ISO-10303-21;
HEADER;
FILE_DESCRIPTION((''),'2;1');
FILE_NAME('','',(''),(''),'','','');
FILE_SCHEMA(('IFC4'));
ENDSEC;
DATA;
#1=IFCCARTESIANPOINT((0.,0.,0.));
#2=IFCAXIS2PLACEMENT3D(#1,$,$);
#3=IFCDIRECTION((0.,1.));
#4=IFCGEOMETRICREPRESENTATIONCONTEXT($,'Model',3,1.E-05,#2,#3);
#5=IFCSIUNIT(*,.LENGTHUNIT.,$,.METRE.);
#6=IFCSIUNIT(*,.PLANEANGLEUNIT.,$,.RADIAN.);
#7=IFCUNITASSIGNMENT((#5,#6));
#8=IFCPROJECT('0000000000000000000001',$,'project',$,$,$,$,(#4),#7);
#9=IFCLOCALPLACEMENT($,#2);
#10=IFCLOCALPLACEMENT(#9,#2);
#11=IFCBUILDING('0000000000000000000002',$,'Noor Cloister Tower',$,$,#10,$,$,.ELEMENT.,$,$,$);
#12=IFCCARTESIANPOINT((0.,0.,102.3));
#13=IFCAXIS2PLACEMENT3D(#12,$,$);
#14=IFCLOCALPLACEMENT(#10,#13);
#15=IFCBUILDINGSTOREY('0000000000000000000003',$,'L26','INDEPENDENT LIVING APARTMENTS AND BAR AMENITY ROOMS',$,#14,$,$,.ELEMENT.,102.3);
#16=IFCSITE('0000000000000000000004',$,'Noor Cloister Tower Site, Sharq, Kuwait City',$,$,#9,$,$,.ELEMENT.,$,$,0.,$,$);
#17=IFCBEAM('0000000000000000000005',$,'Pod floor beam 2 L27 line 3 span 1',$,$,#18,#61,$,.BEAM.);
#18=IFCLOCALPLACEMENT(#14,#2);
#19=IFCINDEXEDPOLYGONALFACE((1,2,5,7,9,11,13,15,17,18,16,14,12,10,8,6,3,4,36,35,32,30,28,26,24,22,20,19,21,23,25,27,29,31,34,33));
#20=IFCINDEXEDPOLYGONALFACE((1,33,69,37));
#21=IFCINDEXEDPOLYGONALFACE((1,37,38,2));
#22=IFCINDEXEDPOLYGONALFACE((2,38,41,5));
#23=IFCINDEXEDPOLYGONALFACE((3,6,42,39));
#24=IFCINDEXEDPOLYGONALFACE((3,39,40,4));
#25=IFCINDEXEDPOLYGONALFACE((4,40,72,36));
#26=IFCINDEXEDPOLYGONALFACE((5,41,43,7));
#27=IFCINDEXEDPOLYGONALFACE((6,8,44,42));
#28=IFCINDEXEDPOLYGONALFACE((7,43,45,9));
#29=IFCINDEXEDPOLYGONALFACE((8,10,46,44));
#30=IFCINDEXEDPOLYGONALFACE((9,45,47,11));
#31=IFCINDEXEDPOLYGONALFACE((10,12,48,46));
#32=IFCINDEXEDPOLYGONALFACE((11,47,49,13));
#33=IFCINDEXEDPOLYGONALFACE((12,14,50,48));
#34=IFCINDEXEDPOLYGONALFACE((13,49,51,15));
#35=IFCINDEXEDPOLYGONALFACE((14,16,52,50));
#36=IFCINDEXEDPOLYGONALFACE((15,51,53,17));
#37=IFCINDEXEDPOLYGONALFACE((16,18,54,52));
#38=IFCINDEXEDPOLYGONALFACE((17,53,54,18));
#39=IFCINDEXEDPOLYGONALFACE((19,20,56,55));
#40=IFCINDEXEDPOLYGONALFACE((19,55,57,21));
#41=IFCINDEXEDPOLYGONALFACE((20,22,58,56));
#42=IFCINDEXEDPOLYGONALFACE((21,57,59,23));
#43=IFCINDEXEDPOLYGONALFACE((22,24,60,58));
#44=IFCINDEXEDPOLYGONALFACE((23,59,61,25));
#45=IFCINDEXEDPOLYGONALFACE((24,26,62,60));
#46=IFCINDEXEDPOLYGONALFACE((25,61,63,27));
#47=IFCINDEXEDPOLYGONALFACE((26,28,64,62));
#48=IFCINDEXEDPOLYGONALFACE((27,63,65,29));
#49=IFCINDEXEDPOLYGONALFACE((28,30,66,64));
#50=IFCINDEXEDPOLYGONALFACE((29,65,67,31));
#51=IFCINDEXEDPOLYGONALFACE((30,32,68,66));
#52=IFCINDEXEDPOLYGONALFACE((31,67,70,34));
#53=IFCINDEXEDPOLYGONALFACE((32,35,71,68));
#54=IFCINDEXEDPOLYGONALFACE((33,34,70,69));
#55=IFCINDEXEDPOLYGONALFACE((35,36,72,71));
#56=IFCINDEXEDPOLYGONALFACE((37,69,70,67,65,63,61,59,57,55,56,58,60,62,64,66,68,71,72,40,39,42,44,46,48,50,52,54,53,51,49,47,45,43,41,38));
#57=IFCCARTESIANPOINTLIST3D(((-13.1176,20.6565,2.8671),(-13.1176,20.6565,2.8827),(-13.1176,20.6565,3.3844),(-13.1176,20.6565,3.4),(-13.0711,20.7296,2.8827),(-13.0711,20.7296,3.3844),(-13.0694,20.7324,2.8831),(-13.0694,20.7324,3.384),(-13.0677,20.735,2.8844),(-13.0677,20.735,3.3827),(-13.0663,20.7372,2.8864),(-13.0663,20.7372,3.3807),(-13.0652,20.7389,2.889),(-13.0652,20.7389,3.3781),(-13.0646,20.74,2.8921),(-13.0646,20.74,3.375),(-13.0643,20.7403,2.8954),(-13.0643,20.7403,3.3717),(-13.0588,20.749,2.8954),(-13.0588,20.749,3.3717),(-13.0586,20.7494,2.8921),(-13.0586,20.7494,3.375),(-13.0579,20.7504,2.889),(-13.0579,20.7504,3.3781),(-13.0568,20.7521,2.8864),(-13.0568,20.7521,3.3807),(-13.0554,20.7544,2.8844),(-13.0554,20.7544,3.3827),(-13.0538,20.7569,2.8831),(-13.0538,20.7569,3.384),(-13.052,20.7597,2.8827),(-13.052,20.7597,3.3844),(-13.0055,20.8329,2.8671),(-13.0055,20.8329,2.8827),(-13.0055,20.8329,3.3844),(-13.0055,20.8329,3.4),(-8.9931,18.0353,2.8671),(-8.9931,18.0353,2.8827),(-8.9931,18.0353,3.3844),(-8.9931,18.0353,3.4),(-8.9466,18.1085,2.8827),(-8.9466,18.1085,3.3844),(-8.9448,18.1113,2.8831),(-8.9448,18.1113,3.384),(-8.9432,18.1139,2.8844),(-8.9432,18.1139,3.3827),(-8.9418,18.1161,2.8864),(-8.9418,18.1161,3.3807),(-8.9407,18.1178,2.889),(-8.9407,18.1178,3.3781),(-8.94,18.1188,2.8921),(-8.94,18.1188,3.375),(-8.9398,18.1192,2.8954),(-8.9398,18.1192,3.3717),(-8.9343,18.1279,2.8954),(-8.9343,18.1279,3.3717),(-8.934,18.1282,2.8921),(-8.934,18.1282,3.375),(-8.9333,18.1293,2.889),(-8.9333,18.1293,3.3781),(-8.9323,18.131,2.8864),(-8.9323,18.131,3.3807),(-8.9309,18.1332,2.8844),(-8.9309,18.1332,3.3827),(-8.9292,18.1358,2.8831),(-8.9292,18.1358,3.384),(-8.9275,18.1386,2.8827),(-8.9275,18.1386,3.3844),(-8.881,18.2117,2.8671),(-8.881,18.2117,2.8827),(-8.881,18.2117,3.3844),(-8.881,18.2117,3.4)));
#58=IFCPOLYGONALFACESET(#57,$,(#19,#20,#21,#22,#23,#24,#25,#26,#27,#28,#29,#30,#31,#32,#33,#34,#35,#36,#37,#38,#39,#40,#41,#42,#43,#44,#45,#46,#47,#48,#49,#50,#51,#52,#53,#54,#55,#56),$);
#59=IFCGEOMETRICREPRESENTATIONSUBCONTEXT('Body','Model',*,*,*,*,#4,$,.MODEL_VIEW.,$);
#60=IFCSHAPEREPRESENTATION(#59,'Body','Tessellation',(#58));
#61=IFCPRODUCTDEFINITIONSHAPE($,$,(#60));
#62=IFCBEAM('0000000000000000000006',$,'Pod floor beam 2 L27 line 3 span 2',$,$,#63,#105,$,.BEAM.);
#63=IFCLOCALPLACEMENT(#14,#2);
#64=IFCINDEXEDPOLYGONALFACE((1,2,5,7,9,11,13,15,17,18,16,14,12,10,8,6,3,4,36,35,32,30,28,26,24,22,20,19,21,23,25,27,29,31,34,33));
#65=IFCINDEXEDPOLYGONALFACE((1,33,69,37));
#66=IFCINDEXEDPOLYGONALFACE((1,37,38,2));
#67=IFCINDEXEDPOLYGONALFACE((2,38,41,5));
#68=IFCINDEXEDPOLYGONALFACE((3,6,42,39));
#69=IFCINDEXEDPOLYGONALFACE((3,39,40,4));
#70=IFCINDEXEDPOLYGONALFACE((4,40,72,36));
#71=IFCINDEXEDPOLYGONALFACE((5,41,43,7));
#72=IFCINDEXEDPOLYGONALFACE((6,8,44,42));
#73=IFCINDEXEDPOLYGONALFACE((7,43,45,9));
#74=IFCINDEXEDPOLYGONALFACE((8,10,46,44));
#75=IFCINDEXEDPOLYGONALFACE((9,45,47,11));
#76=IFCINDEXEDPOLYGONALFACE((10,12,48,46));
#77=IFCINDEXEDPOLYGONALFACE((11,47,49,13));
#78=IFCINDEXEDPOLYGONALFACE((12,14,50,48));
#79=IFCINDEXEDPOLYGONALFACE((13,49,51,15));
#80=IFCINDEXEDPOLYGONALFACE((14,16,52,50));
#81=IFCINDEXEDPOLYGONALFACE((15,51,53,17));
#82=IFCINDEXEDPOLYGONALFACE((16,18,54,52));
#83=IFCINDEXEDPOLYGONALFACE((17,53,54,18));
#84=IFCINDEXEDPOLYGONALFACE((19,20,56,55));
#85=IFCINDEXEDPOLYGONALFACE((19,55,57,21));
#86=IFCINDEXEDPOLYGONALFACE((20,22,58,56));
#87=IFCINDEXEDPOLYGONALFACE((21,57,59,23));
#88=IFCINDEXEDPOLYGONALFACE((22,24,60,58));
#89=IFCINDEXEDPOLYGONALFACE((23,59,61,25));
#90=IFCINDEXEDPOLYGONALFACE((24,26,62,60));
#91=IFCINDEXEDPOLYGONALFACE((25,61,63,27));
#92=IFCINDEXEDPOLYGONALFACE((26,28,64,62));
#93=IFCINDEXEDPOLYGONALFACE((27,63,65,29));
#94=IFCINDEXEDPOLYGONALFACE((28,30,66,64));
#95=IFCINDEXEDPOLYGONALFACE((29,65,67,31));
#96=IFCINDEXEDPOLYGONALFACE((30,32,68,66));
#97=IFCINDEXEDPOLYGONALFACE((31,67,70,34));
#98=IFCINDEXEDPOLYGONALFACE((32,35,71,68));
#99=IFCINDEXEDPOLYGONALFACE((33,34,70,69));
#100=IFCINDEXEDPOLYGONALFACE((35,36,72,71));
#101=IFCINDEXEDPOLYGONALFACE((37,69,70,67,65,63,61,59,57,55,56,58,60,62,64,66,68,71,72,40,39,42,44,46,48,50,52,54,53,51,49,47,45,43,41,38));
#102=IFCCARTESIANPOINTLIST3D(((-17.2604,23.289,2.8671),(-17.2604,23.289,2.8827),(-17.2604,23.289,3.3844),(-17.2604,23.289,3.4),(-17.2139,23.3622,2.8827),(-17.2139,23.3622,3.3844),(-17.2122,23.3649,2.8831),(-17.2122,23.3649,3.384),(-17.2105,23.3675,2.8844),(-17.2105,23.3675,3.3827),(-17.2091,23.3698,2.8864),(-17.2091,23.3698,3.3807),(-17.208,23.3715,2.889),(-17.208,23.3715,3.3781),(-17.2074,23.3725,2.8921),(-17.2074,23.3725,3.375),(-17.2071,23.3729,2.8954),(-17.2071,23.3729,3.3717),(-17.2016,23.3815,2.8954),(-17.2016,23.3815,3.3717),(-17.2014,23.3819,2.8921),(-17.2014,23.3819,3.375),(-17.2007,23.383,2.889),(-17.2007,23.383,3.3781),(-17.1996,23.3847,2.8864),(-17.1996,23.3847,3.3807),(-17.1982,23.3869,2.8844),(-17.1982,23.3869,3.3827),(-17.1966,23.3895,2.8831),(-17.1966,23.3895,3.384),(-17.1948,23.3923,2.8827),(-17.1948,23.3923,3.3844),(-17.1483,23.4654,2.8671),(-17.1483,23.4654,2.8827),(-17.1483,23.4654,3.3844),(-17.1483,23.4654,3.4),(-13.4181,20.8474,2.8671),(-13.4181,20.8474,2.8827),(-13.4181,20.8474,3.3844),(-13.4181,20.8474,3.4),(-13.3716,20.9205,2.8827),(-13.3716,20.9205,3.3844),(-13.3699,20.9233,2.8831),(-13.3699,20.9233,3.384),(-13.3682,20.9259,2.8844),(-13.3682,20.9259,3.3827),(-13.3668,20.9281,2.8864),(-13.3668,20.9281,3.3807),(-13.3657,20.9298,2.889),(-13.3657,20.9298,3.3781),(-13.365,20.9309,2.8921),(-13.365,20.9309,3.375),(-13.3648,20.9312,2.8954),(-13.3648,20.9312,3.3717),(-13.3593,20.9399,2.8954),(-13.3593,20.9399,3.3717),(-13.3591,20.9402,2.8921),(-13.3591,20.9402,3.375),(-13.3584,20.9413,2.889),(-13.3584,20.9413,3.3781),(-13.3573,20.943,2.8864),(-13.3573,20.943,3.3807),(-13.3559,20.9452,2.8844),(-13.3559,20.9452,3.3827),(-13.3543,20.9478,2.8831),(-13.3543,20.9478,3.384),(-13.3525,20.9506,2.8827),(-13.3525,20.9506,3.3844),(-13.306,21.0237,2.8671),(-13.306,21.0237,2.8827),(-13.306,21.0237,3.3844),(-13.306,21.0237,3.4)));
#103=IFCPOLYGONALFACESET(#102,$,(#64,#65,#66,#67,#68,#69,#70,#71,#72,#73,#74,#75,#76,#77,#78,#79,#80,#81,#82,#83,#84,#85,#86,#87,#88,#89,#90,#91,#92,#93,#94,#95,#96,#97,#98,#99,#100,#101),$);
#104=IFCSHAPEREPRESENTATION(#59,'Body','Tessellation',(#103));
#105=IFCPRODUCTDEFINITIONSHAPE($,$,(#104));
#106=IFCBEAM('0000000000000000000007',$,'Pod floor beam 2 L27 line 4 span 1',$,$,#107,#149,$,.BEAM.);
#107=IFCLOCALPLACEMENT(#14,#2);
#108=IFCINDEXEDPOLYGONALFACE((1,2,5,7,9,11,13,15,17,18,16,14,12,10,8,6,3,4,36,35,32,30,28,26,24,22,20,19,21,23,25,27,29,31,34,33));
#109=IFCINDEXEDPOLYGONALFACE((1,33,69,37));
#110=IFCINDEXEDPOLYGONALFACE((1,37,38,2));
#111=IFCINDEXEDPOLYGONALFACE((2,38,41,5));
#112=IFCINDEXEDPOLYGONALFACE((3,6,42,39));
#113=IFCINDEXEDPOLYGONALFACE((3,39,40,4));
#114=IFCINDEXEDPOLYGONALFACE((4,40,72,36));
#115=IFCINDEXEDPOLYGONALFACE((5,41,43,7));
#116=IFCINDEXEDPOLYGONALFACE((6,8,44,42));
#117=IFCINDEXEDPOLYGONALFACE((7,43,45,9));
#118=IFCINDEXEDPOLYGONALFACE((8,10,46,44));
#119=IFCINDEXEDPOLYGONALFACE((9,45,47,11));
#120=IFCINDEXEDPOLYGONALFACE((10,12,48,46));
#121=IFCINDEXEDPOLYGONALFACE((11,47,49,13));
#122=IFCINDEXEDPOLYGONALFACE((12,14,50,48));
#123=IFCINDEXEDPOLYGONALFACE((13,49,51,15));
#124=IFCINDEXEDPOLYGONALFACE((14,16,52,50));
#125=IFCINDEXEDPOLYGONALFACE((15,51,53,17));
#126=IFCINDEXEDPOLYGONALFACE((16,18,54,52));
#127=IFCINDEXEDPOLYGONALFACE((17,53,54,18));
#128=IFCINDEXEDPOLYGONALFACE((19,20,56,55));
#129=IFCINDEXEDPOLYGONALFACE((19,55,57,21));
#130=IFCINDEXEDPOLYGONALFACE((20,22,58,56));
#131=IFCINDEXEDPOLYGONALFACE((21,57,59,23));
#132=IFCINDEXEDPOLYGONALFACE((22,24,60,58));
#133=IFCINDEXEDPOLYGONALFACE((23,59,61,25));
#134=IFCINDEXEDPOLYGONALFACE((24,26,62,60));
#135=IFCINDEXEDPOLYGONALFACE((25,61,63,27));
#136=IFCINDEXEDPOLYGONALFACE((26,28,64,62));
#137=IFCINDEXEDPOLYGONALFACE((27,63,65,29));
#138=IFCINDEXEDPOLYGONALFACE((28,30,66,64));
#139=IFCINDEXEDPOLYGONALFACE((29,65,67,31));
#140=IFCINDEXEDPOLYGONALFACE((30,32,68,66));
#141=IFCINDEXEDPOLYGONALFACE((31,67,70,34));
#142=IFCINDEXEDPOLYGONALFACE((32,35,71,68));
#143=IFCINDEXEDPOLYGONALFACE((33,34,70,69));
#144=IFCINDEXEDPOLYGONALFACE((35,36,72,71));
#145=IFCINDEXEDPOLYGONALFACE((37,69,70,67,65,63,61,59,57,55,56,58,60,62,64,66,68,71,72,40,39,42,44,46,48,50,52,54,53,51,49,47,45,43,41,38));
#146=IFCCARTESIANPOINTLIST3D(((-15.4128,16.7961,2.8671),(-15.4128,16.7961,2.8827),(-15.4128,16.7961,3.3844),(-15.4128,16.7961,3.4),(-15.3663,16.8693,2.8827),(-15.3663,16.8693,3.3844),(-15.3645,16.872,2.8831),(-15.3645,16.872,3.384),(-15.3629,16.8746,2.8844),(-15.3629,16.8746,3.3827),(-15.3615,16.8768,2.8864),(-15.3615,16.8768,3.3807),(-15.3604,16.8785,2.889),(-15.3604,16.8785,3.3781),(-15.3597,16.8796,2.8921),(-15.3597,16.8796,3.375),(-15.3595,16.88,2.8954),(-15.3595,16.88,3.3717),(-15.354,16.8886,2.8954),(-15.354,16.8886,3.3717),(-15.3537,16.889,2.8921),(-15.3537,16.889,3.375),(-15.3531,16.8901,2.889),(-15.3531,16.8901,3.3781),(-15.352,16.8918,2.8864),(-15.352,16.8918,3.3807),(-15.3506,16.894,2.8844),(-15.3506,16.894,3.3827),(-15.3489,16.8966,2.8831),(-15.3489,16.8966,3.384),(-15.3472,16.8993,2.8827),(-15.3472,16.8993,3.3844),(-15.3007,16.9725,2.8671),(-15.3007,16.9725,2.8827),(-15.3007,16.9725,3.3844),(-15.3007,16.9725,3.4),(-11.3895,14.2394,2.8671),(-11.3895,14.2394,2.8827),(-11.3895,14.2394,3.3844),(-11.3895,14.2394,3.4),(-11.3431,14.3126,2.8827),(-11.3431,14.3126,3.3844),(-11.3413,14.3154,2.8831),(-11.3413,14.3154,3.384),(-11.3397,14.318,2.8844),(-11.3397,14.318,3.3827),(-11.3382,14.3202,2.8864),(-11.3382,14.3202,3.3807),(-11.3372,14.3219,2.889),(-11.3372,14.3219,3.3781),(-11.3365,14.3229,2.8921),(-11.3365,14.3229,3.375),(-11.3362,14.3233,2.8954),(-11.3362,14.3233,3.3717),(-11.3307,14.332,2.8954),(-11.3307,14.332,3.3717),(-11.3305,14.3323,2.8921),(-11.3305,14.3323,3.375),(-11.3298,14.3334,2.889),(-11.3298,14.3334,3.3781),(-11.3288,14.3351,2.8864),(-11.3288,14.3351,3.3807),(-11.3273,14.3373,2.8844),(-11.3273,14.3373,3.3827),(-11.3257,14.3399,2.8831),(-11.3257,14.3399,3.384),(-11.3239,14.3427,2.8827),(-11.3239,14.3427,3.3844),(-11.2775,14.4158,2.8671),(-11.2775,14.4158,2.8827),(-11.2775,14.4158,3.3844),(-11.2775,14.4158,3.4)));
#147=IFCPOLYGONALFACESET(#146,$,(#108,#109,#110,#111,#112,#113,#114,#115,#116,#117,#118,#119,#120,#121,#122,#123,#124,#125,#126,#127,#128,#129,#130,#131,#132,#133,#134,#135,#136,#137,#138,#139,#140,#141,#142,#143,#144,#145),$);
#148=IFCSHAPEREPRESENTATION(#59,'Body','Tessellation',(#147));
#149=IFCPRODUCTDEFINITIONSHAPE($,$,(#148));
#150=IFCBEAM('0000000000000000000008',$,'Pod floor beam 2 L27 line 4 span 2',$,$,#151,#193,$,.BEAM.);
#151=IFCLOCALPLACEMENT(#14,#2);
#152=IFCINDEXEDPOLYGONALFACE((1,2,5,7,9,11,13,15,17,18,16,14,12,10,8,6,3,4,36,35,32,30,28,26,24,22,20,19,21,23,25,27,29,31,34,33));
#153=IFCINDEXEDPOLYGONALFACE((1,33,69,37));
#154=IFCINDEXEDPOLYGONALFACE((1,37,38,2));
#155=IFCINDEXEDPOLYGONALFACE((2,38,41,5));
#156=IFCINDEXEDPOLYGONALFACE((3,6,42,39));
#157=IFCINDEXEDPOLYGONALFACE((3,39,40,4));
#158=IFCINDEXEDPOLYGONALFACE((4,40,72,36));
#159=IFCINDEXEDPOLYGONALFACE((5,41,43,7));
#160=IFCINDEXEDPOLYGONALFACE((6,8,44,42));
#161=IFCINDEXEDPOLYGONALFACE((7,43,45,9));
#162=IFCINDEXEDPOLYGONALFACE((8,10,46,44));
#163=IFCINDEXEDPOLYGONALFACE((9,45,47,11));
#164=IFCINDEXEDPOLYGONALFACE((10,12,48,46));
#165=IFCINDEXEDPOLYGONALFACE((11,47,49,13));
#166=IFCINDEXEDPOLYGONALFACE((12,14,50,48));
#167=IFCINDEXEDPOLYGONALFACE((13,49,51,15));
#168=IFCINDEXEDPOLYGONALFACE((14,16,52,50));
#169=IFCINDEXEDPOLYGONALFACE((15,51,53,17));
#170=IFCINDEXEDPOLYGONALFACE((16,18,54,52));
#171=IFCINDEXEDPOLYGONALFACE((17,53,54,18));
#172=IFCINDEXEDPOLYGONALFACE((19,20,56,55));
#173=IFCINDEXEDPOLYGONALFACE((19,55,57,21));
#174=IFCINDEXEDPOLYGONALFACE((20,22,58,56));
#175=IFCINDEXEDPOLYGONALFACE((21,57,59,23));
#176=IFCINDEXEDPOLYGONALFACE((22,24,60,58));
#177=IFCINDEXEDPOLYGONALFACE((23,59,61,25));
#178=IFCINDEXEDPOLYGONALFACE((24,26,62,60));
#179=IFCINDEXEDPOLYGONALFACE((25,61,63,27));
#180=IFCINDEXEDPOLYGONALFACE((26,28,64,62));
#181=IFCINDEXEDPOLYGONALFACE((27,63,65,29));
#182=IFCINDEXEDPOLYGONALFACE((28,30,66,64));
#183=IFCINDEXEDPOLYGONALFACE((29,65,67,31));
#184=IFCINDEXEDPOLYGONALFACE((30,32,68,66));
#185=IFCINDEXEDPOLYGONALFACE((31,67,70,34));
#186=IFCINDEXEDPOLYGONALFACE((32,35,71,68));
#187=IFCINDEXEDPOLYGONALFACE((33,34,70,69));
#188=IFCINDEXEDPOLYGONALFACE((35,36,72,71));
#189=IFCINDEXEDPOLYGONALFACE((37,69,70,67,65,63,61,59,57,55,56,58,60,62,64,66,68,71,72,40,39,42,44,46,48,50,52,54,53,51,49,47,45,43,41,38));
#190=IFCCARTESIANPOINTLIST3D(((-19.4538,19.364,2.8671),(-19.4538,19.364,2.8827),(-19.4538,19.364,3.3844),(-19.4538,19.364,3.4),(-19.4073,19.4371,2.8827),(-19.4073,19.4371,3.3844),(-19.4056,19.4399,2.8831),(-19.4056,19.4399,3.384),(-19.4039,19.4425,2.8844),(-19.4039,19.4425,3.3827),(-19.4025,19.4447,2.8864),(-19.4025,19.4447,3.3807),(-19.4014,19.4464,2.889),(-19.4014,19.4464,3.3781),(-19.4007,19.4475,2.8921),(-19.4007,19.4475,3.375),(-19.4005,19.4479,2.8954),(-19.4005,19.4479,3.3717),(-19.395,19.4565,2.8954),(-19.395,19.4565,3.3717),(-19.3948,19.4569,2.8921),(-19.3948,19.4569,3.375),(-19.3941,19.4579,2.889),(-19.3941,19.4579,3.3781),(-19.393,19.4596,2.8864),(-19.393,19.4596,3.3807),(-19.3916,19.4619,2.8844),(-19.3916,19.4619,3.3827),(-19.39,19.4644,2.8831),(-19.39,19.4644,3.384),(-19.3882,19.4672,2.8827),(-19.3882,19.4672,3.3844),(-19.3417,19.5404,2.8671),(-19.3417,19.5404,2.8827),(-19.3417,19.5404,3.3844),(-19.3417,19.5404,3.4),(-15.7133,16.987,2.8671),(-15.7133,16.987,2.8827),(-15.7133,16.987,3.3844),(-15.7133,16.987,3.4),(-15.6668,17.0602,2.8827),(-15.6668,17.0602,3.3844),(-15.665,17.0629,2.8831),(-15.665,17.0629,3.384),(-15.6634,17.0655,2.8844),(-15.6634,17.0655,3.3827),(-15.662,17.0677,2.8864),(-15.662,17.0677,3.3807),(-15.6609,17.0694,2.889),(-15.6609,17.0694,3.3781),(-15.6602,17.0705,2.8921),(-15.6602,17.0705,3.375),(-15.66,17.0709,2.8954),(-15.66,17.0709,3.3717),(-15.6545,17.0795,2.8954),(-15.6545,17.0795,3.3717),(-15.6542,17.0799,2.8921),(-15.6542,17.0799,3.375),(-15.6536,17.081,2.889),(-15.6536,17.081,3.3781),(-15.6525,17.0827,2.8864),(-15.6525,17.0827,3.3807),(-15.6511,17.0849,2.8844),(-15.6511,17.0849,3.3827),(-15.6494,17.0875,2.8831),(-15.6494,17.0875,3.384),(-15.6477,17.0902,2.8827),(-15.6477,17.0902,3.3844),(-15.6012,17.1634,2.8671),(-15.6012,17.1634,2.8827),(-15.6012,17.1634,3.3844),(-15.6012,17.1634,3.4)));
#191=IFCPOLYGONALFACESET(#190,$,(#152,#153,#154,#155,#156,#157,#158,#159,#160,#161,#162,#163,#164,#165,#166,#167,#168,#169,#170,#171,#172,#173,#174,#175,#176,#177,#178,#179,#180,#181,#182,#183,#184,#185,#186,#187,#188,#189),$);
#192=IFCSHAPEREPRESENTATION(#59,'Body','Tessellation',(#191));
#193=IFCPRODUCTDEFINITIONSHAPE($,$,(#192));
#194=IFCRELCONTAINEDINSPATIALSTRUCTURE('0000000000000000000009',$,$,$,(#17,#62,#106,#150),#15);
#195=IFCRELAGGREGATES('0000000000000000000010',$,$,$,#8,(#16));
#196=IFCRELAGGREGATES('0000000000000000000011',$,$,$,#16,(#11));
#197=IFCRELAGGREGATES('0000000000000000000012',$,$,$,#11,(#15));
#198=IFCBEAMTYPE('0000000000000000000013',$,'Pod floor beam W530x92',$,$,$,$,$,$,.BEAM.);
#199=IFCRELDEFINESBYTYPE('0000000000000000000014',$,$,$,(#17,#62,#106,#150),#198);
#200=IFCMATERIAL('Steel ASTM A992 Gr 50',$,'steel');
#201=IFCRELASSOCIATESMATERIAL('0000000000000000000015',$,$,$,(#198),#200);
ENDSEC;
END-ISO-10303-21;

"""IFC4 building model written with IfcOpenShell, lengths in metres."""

from ifc_helpers import new_model, si_unit, direction, frame, origin, origin_2d, place, context, subcontext, project, spatial, i_section, extrude, material, material_profile, profile_set, type_object, element, save


model = new_model("IFC4")

# Units and contexts
model_context = context("Model", 3, precision=1e-05, world=origin(), true_north=direction((0.0, 1.0)))
body_context = subcontext(model_context, "Body", "Model", "MODEL_VIEW")
ifc_project = project(units=[si_unit("LENGTHUNIT", "METRE"), si_unit("PLANEANGLEUNIT", "RADIAN")], contexts=[model_context])

# Site, building, storey
site_placement = place(None, origin())
site = spatial("IfcSite", under=ifc_project, at=site_placement, Name="Noor Cloister Tower Site, Sharq, Kuwait City", CompositionType="ELEMENT", RefElevation=0.0)
building_placement = place(site_placement, origin())
building = spatial("IfcBuilding", under=site, at=building_placement, Name="Noor Cloister Tower", CompositionType="ELEMENT")
storey_placement = place(building_placement, frame((0.0, 0.0, 102.3)))
storey = spatial("IfcBuildingStorey", under=building, at=storey_placement, Name="L26", Description="INDEPENDENT LIVING APARTMENTS AND BAR AMENITY ROOMS", CompositionType="ELEMENT", Elevation=102.3)

# Beams
ifc_material_1 = material(Name="Steel ASTM A992 Gr 50", Category="steel")
ifc_material_profile_1 = material_profile(ifc_material_1, i_section(OverallWidth=0.209, OverallDepth=0.533, WebThickness=0.0103, FlangeThickness=0.0156, FilletRadius=0.0127, at=origin_2d()), Name="W530x92")
ifc_profile_set_1 = profile_set([ifc_material_profile_1], Name="Steel ASTM A992 Gr 50")
beam_type_1 = type_object("IfcBeamType", Name="Pod floor beam W530x92", PredefinedType="BEAM", material=ifc_profile_set_1)
beam_1_placement = place(storey_placement, frame((-8.937, 18.1235, 3.1335), z_axis=(-0.843995, 0.536352, 0.0), x_axis=(-0.536352, -0.843995, 0.0)))
element("IfcBeam", 1, at=beam_1_placement, inside=storey, type_object=beam_type_1, Name="Pod floor beam 2 L27 line 3 span 1", PredefinedType="BEAM", context=body_context, shape_type="SweptSolid", body=[
    extrude(i_section(OverallWidth=0.209, OverallDepth=0.533, WebThickness=0.0103, FlangeThickness=0.0156, FilletRadius=0.0127, at=origin_2d()), origin(), (0.0, 0.0, 1.0), 4.887),
])
beam_2_placement = place(storey_placement, frame((-13.3621, 20.9355, 3.1335), z_axis=(-0.844004, 0.536338, 0.0), x_axis=(-0.536338, -0.844004, 0.0)))
element("IfcBeam", 2, at=beam_2_placement, inside=storey, type_object=beam_type_1, Name="Pod floor beam 2 L27 line 3 span 2", PredefinedType="BEAM", context=body_context, shape_type="SweptSolid", body=[
    extrude(i_section(OverallWidth=0.209, OverallDepth=0.533, WebThickness=0.0103, FlangeThickness=0.0156, FilletRadius=0.0127, at=origin_2d()), origin(), (0.0, 0.0, 1.0), 4.5525),
])
beam_3_placement = place(storey_placement, frame((-11.3335, 14.3276, 3.1335), z_axis=(-0.844001, 0.536342, 0.0), x_axis=(-0.536342, -0.844001, 0.0)))
element("IfcBeam", 3, at=beam_3_placement, inside=storey, type_object=beam_type_1, Name="Pod floor beam 2 L27 line 4 span 1", PredefinedType="BEAM", context=body_context, shape_type="SweptSolid", body=[
    extrude(i_section(OverallWidth=0.209, OverallDepth=0.533, WebThickness=0.0103, FlangeThickness=0.0156, FilletRadius=0.0127, at=origin_2d()), origin(), (0.0, 0.0, 1.0), 4.7668),
])
beam_4_placement = place(storey_placement, frame((-15.6572, 17.0752, 3.1335), z_axis=(-0.844004, 0.536337, 0.0), x_axis=(-0.536337, -0.844004, 0.0)))
element("IfcBeam", 4, at=beam_4_placement, inside=storey, type_object=beam_type_1, Name="Pod floor beam 2 L27 line 4 span 2", PredefinedType="BEAM", context=body_context, shape_type="SweptSolid", body=[
    extrude(i_section(OverallWidth=0.209, OverallDepth=0.533, WebThickness=0.0103, FlangeThickness=0.0156, FilletRadius=0.0127, at=origin_2d()), origin(), (0.0, 0.0, 1.0), 4.4319),
])

save(model, "model.ifc")
